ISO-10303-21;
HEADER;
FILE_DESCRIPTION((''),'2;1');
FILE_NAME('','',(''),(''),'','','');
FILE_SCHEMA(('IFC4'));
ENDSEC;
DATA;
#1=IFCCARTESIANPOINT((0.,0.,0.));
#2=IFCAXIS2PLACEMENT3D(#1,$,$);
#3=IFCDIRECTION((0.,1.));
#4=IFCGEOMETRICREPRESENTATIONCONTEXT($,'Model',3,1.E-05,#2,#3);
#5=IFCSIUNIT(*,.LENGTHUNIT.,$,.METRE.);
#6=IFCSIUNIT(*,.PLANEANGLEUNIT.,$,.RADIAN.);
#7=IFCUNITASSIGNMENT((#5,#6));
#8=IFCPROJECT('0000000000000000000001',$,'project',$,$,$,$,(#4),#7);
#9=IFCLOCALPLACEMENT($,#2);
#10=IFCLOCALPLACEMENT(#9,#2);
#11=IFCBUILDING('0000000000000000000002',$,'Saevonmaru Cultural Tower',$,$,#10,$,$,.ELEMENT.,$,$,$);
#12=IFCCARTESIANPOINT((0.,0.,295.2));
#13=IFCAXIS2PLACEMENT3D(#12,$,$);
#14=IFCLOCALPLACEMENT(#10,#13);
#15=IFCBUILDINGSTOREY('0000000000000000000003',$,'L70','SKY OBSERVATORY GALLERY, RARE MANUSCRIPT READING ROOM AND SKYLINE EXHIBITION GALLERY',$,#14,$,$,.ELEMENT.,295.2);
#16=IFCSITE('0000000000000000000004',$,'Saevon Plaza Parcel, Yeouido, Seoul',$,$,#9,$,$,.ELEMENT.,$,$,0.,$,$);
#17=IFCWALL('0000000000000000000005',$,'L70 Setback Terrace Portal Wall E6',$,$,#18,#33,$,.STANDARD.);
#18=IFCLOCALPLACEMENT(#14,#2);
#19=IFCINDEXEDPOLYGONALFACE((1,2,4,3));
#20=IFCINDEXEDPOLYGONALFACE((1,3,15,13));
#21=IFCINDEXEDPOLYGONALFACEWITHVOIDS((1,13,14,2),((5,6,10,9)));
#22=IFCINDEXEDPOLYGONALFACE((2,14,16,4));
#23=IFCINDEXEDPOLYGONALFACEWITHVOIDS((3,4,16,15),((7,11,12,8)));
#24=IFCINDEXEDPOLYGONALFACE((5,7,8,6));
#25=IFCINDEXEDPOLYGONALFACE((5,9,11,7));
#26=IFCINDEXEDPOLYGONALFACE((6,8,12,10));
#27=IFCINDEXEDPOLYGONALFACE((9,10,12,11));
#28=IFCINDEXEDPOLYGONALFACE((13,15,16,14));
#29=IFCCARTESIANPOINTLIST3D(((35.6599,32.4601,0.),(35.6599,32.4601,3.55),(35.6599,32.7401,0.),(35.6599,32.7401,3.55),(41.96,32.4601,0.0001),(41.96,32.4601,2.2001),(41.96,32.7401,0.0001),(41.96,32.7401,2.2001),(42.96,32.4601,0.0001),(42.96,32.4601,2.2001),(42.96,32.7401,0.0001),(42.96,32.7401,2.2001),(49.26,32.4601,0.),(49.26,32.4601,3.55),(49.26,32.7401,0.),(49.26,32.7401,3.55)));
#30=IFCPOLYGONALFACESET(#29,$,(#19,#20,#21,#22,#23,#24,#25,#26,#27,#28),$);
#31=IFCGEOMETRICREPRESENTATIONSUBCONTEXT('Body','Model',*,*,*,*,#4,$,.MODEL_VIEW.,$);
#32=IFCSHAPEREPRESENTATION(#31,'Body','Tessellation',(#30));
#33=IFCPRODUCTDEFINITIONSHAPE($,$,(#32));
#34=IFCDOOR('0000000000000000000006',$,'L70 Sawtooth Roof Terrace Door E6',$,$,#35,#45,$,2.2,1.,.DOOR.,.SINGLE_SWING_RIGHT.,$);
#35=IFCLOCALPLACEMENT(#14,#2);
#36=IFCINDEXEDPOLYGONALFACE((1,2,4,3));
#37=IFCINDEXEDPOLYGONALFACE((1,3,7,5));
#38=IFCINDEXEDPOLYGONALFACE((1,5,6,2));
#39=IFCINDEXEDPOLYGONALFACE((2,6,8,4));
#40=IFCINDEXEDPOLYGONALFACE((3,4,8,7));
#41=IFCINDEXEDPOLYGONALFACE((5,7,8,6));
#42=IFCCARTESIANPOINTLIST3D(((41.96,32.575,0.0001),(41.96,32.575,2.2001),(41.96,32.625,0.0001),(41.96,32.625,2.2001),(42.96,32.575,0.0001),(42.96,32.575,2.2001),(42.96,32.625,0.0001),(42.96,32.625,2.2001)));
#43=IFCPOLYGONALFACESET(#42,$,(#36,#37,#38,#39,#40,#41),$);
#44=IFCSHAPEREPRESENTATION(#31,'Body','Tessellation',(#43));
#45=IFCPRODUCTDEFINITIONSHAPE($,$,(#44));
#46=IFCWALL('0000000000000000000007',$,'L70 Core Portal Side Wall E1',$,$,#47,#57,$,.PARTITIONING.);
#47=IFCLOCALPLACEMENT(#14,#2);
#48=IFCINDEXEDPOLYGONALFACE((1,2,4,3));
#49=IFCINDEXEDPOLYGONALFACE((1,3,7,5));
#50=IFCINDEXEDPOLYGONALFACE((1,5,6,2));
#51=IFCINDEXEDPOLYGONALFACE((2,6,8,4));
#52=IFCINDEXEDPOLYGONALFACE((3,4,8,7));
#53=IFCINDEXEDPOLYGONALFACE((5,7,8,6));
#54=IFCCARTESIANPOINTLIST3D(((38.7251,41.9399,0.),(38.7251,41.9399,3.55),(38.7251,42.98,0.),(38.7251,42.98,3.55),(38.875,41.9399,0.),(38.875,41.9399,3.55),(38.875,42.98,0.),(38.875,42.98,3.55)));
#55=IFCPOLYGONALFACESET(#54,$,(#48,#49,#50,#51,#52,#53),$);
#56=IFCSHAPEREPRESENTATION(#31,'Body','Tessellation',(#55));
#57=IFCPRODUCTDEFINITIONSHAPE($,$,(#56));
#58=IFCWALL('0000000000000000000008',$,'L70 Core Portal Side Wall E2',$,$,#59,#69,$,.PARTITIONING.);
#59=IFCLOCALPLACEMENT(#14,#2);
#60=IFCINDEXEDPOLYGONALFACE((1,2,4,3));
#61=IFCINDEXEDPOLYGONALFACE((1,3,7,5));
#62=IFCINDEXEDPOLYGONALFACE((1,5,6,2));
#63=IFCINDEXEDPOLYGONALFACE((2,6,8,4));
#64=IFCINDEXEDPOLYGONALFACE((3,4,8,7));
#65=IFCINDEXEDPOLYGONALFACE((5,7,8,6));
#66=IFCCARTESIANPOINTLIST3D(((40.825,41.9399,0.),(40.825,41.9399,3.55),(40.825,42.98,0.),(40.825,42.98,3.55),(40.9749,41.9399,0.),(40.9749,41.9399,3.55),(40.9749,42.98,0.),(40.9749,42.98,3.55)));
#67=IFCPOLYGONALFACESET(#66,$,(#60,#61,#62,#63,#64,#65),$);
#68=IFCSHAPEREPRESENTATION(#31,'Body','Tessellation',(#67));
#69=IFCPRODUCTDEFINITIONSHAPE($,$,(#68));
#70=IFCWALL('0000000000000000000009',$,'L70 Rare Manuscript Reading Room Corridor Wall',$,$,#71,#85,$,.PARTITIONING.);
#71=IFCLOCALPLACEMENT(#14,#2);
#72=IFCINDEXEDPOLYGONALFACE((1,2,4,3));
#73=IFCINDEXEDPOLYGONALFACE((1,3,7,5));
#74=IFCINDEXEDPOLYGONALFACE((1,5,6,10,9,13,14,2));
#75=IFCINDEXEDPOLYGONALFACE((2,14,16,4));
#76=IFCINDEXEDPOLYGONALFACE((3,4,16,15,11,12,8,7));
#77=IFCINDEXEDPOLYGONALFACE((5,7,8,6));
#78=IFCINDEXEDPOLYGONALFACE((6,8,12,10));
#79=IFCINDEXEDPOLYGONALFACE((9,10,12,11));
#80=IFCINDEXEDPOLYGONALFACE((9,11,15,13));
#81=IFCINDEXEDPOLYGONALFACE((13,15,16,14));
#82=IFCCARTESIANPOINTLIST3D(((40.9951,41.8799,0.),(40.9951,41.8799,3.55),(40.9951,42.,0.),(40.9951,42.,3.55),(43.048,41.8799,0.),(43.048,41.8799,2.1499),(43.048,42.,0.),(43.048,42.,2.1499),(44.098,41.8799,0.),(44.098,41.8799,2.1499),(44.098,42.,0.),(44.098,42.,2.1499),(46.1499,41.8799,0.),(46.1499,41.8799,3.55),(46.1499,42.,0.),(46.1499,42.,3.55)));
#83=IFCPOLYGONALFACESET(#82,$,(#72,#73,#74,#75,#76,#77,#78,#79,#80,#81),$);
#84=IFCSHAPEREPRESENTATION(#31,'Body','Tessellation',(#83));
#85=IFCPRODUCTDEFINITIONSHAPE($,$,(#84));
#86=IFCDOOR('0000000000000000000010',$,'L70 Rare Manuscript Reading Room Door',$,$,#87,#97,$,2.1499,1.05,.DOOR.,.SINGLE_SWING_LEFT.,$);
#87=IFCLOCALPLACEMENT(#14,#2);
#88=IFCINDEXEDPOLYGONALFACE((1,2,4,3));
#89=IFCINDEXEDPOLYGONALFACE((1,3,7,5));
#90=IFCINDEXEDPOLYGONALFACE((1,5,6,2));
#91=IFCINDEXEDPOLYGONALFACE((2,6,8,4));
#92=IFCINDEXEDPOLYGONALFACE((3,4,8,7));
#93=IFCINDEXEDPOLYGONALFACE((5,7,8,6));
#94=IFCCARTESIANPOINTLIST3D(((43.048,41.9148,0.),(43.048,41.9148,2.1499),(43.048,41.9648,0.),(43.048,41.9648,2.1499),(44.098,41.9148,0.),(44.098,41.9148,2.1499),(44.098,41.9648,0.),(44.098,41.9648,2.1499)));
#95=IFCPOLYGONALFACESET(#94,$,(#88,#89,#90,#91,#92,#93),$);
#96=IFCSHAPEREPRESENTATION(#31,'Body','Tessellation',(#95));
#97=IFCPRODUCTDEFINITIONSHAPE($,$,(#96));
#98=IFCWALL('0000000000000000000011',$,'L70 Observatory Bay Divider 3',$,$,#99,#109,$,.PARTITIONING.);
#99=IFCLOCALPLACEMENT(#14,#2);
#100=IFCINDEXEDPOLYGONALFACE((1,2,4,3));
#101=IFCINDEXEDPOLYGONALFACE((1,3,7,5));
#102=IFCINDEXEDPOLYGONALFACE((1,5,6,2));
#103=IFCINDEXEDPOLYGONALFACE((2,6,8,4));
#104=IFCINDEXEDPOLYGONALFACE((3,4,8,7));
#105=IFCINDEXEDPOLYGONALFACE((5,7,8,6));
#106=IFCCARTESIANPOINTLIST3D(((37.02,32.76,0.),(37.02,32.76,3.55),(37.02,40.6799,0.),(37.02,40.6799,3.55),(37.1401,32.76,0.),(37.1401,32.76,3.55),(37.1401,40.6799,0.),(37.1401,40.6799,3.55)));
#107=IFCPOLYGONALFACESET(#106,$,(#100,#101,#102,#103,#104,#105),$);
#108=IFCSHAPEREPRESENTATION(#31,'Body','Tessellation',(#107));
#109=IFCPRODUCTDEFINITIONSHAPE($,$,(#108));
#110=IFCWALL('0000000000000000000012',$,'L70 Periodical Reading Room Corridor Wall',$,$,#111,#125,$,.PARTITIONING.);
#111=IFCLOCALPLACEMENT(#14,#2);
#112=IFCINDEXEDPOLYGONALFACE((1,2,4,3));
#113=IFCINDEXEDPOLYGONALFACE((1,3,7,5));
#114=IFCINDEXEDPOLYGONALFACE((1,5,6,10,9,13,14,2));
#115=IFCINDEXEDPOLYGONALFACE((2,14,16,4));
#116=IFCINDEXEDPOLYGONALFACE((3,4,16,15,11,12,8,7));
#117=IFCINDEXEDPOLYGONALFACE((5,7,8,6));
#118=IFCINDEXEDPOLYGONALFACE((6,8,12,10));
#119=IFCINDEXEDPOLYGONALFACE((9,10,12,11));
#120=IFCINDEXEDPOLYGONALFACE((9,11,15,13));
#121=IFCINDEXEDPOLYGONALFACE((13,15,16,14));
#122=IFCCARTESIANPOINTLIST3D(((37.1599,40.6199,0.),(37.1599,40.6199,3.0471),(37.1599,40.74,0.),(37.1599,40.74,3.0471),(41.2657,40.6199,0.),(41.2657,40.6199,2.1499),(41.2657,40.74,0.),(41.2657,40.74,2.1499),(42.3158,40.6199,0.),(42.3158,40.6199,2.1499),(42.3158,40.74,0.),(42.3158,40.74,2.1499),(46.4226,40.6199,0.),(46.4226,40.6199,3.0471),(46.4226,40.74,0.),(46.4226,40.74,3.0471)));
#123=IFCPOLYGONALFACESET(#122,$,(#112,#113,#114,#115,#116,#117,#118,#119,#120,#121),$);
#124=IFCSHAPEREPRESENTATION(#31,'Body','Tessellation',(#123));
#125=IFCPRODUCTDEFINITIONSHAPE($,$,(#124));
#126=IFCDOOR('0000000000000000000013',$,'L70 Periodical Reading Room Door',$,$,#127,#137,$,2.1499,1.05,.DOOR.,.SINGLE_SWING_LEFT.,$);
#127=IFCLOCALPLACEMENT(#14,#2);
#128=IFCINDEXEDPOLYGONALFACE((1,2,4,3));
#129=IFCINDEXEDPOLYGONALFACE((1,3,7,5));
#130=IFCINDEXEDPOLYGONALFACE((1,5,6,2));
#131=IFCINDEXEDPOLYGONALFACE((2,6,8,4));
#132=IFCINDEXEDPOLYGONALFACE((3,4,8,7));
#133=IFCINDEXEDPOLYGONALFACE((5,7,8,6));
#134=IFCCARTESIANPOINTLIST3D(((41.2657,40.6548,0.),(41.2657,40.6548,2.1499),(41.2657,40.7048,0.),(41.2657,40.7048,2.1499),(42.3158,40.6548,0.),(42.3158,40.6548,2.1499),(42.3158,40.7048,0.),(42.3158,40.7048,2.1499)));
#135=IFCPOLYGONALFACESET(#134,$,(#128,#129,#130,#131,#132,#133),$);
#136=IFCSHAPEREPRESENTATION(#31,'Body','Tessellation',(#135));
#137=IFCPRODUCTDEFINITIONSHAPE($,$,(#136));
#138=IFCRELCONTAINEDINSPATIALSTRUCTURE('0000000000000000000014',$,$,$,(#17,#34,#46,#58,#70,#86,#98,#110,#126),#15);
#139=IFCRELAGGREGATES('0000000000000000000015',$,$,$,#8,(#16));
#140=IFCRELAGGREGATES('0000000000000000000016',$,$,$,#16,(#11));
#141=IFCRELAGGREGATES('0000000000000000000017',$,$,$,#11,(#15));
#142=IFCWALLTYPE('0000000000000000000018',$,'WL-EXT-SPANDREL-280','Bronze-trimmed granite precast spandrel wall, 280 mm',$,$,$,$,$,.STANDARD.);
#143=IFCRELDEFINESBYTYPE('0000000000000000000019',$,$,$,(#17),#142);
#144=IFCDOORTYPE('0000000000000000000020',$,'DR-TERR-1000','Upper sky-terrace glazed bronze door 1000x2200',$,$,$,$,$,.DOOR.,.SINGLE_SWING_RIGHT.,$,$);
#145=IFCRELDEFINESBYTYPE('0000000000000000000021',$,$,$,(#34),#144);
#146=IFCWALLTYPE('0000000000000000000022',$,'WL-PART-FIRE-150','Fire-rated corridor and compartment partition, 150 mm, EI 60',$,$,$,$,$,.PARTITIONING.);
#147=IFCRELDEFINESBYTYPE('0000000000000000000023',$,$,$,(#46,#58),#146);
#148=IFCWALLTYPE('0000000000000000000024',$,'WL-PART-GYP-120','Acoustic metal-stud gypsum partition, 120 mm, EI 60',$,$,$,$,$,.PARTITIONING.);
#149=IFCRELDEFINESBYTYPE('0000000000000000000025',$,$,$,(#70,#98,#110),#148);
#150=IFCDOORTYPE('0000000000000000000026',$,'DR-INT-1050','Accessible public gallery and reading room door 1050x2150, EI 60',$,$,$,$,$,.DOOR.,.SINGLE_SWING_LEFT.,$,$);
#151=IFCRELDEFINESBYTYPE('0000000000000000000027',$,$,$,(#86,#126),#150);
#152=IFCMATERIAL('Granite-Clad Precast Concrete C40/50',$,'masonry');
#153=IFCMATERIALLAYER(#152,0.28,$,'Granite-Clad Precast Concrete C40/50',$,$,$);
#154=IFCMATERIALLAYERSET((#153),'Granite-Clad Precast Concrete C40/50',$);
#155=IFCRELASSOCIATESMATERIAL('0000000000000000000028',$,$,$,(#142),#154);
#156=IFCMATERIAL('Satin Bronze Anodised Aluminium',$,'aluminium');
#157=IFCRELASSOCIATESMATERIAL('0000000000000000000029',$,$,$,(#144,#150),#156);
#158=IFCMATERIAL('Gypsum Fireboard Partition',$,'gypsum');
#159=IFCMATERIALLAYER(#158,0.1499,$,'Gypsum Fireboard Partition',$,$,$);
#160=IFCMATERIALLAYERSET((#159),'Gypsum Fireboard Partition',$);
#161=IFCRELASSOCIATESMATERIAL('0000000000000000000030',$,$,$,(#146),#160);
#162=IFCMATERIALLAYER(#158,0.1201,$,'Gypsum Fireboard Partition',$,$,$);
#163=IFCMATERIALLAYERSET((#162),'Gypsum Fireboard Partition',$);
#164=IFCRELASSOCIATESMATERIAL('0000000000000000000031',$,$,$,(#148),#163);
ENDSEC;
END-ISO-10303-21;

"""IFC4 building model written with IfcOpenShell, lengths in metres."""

from ifc_helpers import new_model, si_unit, direction, frame, frame_2d, origin, place, context, subcontext, project, spatial, rectangle, extrude, material, layer, layer_set, type_object, element, fill, save


model = new_model("IFC4")

# Units and contexts
model_context = context("Model", 3, precision=1e-05, world=origin(), true_north=direction((0.0, 1.0)))
body_context = subcontext(model_context, "Body", "Model", "MODEL_VIEW")
ifc_project = project(units=[si_unit("LENGTHUNIT", "METRE"), si_unit("PLANEANGLEUNIT", "RADIAN")], contexts=[model_context])

# Site, building, storey
site_placement = place(None, origin())
site = spatial("IfcSite", under=ifc_project, at=site_placement, Name="Saevon Plaza Parcel, Yeouido, Seoul", CompositionType="ELEMENT", RefElevation=0.0)
building_placement = place(site_placement, origin())
building = spatial("IfcBuilding", under=site, at=building_placement, Name="Saevonmaru Cultural Tower", CompositionType="ELEMENT")
storey_placement = place(building_placement, frame((0.0, 0.0, 295.2)))
storey = spatial("IfcBuildingStorey", under=building, at=storey_placement, Name="L70", Description="SKY OBSERVATORY GALLERY, RARE MANUSCRIPT READING ROOM AND SKYLINE EXHIBITION GALLERY", CompositionType="ELEMENT", Elevation=295.2)

# Shared definitions
ifc_material_1 = material(Name="Satin Bronze Anodised Aluminium", Category="aluminium")

# Shared definitions
ifc_material_2 = material(Name="Gypsum Fireboard Partition", Category="gypsum")

# Shared definitions
ifc_material_3 = material(Name="Granite-Clad Precast Concrete C40/50", Category="masonry")

# Wall, opening, door
ifc_layer_1 = layer(ifc_material_3, 0.28, Name="Granite-Clad Precast Concrete C40/50")
ifc_layer_set_1 = layer_set([ifc_layer_1], Name="Granite-Clad Precast Concrete C40/50")
wall_type_1 = type_object("IfcWallType", Name="WL-EXT-SPANDREL-280", Description="Bronze-trimmed granite precast spandrel wall, 280 mm", PredefinedType="STANDARD", material=ifc_layer_set_1)
wall_1_placement = place(storey_placement, frame((35.6599, 32.6001, 0.0), z_axis=(0.0, 0.0, 1.0), x_axis=(1.0, 0.0, 0.0)))
wall_1 = element("IfcWall", 1, at=wall_1_placement, inside=storey, type_object=wall_type_1, Name="L70 Setback Terrace Portal Wall E6", PredefinedType="STANDARD", context=body_context, shape_type="SweptSolid", body=[
    extrude(rectangle(XDim=13.6001, YDim=0.28, at=frame_2d((6.8, 0.0))), origin(), (0.0, 0.0, 1.0), 3.55),
])
opening_1_placement = place(wall_1_placement, frame((6.3, 0.0, 0.0)))
opening_1 = element("IfcOpeningElement", 2, at=opening_1_placement, cuts=wall_1, PredefinedType="OPENING", context=body_context, shape_type="SweptSolid", body=[
    extrude(rectangle(XDim=1.0, YDim=2.2, at=frame_2d((0.5, 1.1001))), frame((0.0, 0.1499, 0.0), z_axis=(0.0, -1.0, 0.0), x_axis=(1.0, 0.0, 0.0)), (0.0, 0.0, 1.0), 0.3),
])
door_type_1 = type_object("IfcDoorType", Name="DR-TERR-1000", Description="Upper sky-terrace glazed bronze door 1000x2200", OperationType="SINGLE_SWING_RIGHT", PredefinedType="DOOR", material=ifc_material_1)
door_1_placement = place(opening_1_placement, origin())
door_1 = element("IfcDoor", 3, at=door_1_placement, inside=storey, type_object=door_type_1, Name="L70 Sawtooth Roof Terrace Door E6", OperationType="SINGLE_SWING_RIGHT", OverallHeight=2.2, OverallWidth=1.0, PredefinedType="DOOR", context=body_context, shape_type="SweptSolid", body=[
    extrude(rectangle(XDim=1.0, YDim=2.2, at=frame_2d((0.5, 1.1001))), frame((0.0, 0.0249, 0.0), z_axis=(0.0, -1.0, 0.0), x_axis=(1.0, 0.0, 0.0)), (0.0, 0.0, 1.0), 0.05),
])
fill(opening_1, door_1)

# Walls
ifc_layer_2 = layer(ifc_material_2, 0.1499, Name="Gypsum Fireboard Partition")
ifc_layer_set_2 = layer_set([ifc_layer_2], Name="Gypsum Fireboard Partition")
wall_type_2 = type_object("IfcWallType", Name="WL-PART-FIRE-150", Description="Fire-rated corridor and compartment partition, 150 mm, EI 60", PredefinedType="PARTITIONING", material=ifc_layer_set_2)
for number, where, z_axis, x_axis, name in (
    (4, (38.8, 41.9399, 0.0), (0.0, 0.0, 1.0), (0.0, 1.0, 0.0), "L70 Core Portal Side Wall E1"),
    (5, (40.8999, 41.9399, 0.0), (0.0, 0.0, 1.0), (0.0, 1.0, 0.0), "L70 Core Portal Side Wall E2"),
):
    element("IfcWall", number, at=place(storey_placement, frame(where, z_axis=z_axis, x_axis=x_axis)), inside=storey, type_object=wall_type_2, Name=name, PredefinedType="PARTITIONING", context=body_context, shape_type="SweptSolid", body=[
        extrude(rectangle(XDim=1.04, YDim=0.1499, at=frame_2d((0.52, 0.0))), origin(), (0.0, 0.0, 1.0), 3.55),
    ])

# Wall, opening, door
ifc_layer_3 = layer(ifc_material_2, 0.1201, Name="Gypsum Fireboard Partition")
ifc_layer_set_3 = layer_set([ifc_layer_3], Name="Gypsum Fireboard Partition")
wall_type_3 = type_object("IfcWallType", Name="WL-PART-GYP-120", Description="Acoustic metal-stud gypsum partition, 120 mm, EI 60", PredefinedType="PARTITIONING", material=ifc_layer_set_3)
wall_2_placement = place(storey_placement, frame((40.9951, 41.9399, 0.0), z_axis=(0.0, 0.0, 1.0), x_axis=(1.0, 0.0, 0.0)))
wall_2 = element("IfcWall", 6, at=wall_2_placement, inside=storey, type_object=wall_type_3, Name="L70 Rare Manuscript Reading Room Corridor Wall", PredefinedType="PARTITIONING", context=body_context, shape_type="SweptSolid", body=[
    extrude(rectangle(XDim=5.1548, YDim=0.1201, at=frame_2d((2.5774, 0.0))), origin(), (0.0, 0.0, 1.0), 3.55),
])
opening_2_placement = place(wall_2_placement, frame((2.053, 0.0, 0.0)))
opening_2 = element("IfcOpeningElement", 7, at=opening_2_placement, cuts=wall_2, PredefinedType="OPENING", context=body_context, shape_type="SweptSolid", body=[
    extrude(rectangle(XDim=1.05, YDim=2.1499, at=frame_2d((0.5249, 1.075))), frame((0.0, 0.0701, 0.0), z_axis=(0.0, -1.0, 0.0), x_axis=(1.0, 0.0, 0.0)), (0.0, 0.0, 1.0), 0.1401),
])
door_type_2 = type_object("IfcDoorType", Name="DR-INT-1050", Description="Accessible public gallery and reading room door 1050x2150, EI 60", OperationType="SINGLE_SWING_LEFT", PredefinedType="DOOR", material=ifc_material_1)
door_2_placement = place(opening_2_placement, origin())
door_2 = element("IfcDoor", 8, at=door_2_placement, inside=storey, type_object=door_type_2, Name="L70 Rare Manuscript Reading Room Door", OperationType="SINGLE_SWING_LEFT", OverallHeight=2.1499, OverallWidth=1.05, PredefinedType="DOOR", context=body_context, shape_type="SweptSolid", body=[
    extrude(rectangle(XDim=1.05, YDim=2.1499, at=frame_2d((0.5249, 1.075))), frame((0.0, 0.0249, 0.0), z_axis=(0.0, -1.0, 0.0), x_axis=(1.0, 0.0, 0.0)), (0.0, 0.0, 1.0), 0.05),
])
fill(opening_2, door_2)

# Wall
wall_3_placement = place(storey_placement, frame((37.0801, 32.76, 0.0), z_axis=(0.0, 0.0, 1.0), x_axis=(0.0, 1.0, 0.0)))
element("IfcWall", 9, at=wall_3_placement, inside=storey, type_object=wall_type_3, Name="L70 Observatory Bay Divider 3", PredefinedType="PARTITIONING", context=body_context, shape_type="SweptSolid", body=[
    extrude(rectangle(XDim=7.9199, YDim=0.1201, at=frame_2d((3.96, 0.0))), origin(), (0.0, 0.0, 1.0), 3.55),
])

# Wall, opening, door
wall_4_placement = place(storey_placement, frame((37.1599, 40.6799, 0.0), z_axis=(0.0, 0.0, 1.0), x_axis=(1.0, 0.0, 0.0)))
wall_4 = element("IfcWall", 10, at=wall_4_placement, inside=storey, type_object=wall_type_3, Name="L70 Periodical Reading Room Corridor Wall", PredefinedType="PARTITIONING", context=body_context, shape_type="SweptSolid", body=[
    extrude(rectangle(XDim=9.2627, YDim=0.1201, at=frame_2d((4.6313, 0.0))), origin(), (0.0, 0.0, 1.0), 3.0471),
])
opening_3_placement = place(wall_4_placement, frame((4.106, 0.0, 0.0)))
opening_3 = element("IfcOpeningElement", 11, at=opening_3_placement, cuts=wall_4, PredefinedType="OPENING", context=body_context, shape_type="SweptSolid", body=[
    extrude(rectangle(XDim=1.05, YDim=2.1499, at=frame_2d((0.5249, 1.075))), frame((0.0, 0.0701, 0.0), z_axis=(0.0, -1.0, 0.0), x_axis=(1.0, 0.0, 0.0)), (0.0, 0.0, 1.0), 0.1401),
])
door_3_placement = place(opening_3_placement, origin())
door_3 = element("IfcDoor", 12, at=door_3_placement, inside=storey, type_object=door_type_2, Name="L70 Periodical Reading Room Door", OperationType="SINGLE_SWING_LEFT", OverallHeight=2.1499, OverallWidth=1.05, PredefinedType="DOOR", context=body_context, shape_type="SweptSolid", body=[
    extrude(rectangle(XDim=1.05, YDim=2.1499, at=frame_2d((0.5249, 1.075))), frame((0.0, 0.0249, 0.0), z_axis=(0.0, -1.0, 0.0), x_axis=(1.0, 0.0, 0.0)), (0.0, 0.0, 1.0), 0.05),
])
fill(opening_3, door_3)

save(model, "model.ifc")
